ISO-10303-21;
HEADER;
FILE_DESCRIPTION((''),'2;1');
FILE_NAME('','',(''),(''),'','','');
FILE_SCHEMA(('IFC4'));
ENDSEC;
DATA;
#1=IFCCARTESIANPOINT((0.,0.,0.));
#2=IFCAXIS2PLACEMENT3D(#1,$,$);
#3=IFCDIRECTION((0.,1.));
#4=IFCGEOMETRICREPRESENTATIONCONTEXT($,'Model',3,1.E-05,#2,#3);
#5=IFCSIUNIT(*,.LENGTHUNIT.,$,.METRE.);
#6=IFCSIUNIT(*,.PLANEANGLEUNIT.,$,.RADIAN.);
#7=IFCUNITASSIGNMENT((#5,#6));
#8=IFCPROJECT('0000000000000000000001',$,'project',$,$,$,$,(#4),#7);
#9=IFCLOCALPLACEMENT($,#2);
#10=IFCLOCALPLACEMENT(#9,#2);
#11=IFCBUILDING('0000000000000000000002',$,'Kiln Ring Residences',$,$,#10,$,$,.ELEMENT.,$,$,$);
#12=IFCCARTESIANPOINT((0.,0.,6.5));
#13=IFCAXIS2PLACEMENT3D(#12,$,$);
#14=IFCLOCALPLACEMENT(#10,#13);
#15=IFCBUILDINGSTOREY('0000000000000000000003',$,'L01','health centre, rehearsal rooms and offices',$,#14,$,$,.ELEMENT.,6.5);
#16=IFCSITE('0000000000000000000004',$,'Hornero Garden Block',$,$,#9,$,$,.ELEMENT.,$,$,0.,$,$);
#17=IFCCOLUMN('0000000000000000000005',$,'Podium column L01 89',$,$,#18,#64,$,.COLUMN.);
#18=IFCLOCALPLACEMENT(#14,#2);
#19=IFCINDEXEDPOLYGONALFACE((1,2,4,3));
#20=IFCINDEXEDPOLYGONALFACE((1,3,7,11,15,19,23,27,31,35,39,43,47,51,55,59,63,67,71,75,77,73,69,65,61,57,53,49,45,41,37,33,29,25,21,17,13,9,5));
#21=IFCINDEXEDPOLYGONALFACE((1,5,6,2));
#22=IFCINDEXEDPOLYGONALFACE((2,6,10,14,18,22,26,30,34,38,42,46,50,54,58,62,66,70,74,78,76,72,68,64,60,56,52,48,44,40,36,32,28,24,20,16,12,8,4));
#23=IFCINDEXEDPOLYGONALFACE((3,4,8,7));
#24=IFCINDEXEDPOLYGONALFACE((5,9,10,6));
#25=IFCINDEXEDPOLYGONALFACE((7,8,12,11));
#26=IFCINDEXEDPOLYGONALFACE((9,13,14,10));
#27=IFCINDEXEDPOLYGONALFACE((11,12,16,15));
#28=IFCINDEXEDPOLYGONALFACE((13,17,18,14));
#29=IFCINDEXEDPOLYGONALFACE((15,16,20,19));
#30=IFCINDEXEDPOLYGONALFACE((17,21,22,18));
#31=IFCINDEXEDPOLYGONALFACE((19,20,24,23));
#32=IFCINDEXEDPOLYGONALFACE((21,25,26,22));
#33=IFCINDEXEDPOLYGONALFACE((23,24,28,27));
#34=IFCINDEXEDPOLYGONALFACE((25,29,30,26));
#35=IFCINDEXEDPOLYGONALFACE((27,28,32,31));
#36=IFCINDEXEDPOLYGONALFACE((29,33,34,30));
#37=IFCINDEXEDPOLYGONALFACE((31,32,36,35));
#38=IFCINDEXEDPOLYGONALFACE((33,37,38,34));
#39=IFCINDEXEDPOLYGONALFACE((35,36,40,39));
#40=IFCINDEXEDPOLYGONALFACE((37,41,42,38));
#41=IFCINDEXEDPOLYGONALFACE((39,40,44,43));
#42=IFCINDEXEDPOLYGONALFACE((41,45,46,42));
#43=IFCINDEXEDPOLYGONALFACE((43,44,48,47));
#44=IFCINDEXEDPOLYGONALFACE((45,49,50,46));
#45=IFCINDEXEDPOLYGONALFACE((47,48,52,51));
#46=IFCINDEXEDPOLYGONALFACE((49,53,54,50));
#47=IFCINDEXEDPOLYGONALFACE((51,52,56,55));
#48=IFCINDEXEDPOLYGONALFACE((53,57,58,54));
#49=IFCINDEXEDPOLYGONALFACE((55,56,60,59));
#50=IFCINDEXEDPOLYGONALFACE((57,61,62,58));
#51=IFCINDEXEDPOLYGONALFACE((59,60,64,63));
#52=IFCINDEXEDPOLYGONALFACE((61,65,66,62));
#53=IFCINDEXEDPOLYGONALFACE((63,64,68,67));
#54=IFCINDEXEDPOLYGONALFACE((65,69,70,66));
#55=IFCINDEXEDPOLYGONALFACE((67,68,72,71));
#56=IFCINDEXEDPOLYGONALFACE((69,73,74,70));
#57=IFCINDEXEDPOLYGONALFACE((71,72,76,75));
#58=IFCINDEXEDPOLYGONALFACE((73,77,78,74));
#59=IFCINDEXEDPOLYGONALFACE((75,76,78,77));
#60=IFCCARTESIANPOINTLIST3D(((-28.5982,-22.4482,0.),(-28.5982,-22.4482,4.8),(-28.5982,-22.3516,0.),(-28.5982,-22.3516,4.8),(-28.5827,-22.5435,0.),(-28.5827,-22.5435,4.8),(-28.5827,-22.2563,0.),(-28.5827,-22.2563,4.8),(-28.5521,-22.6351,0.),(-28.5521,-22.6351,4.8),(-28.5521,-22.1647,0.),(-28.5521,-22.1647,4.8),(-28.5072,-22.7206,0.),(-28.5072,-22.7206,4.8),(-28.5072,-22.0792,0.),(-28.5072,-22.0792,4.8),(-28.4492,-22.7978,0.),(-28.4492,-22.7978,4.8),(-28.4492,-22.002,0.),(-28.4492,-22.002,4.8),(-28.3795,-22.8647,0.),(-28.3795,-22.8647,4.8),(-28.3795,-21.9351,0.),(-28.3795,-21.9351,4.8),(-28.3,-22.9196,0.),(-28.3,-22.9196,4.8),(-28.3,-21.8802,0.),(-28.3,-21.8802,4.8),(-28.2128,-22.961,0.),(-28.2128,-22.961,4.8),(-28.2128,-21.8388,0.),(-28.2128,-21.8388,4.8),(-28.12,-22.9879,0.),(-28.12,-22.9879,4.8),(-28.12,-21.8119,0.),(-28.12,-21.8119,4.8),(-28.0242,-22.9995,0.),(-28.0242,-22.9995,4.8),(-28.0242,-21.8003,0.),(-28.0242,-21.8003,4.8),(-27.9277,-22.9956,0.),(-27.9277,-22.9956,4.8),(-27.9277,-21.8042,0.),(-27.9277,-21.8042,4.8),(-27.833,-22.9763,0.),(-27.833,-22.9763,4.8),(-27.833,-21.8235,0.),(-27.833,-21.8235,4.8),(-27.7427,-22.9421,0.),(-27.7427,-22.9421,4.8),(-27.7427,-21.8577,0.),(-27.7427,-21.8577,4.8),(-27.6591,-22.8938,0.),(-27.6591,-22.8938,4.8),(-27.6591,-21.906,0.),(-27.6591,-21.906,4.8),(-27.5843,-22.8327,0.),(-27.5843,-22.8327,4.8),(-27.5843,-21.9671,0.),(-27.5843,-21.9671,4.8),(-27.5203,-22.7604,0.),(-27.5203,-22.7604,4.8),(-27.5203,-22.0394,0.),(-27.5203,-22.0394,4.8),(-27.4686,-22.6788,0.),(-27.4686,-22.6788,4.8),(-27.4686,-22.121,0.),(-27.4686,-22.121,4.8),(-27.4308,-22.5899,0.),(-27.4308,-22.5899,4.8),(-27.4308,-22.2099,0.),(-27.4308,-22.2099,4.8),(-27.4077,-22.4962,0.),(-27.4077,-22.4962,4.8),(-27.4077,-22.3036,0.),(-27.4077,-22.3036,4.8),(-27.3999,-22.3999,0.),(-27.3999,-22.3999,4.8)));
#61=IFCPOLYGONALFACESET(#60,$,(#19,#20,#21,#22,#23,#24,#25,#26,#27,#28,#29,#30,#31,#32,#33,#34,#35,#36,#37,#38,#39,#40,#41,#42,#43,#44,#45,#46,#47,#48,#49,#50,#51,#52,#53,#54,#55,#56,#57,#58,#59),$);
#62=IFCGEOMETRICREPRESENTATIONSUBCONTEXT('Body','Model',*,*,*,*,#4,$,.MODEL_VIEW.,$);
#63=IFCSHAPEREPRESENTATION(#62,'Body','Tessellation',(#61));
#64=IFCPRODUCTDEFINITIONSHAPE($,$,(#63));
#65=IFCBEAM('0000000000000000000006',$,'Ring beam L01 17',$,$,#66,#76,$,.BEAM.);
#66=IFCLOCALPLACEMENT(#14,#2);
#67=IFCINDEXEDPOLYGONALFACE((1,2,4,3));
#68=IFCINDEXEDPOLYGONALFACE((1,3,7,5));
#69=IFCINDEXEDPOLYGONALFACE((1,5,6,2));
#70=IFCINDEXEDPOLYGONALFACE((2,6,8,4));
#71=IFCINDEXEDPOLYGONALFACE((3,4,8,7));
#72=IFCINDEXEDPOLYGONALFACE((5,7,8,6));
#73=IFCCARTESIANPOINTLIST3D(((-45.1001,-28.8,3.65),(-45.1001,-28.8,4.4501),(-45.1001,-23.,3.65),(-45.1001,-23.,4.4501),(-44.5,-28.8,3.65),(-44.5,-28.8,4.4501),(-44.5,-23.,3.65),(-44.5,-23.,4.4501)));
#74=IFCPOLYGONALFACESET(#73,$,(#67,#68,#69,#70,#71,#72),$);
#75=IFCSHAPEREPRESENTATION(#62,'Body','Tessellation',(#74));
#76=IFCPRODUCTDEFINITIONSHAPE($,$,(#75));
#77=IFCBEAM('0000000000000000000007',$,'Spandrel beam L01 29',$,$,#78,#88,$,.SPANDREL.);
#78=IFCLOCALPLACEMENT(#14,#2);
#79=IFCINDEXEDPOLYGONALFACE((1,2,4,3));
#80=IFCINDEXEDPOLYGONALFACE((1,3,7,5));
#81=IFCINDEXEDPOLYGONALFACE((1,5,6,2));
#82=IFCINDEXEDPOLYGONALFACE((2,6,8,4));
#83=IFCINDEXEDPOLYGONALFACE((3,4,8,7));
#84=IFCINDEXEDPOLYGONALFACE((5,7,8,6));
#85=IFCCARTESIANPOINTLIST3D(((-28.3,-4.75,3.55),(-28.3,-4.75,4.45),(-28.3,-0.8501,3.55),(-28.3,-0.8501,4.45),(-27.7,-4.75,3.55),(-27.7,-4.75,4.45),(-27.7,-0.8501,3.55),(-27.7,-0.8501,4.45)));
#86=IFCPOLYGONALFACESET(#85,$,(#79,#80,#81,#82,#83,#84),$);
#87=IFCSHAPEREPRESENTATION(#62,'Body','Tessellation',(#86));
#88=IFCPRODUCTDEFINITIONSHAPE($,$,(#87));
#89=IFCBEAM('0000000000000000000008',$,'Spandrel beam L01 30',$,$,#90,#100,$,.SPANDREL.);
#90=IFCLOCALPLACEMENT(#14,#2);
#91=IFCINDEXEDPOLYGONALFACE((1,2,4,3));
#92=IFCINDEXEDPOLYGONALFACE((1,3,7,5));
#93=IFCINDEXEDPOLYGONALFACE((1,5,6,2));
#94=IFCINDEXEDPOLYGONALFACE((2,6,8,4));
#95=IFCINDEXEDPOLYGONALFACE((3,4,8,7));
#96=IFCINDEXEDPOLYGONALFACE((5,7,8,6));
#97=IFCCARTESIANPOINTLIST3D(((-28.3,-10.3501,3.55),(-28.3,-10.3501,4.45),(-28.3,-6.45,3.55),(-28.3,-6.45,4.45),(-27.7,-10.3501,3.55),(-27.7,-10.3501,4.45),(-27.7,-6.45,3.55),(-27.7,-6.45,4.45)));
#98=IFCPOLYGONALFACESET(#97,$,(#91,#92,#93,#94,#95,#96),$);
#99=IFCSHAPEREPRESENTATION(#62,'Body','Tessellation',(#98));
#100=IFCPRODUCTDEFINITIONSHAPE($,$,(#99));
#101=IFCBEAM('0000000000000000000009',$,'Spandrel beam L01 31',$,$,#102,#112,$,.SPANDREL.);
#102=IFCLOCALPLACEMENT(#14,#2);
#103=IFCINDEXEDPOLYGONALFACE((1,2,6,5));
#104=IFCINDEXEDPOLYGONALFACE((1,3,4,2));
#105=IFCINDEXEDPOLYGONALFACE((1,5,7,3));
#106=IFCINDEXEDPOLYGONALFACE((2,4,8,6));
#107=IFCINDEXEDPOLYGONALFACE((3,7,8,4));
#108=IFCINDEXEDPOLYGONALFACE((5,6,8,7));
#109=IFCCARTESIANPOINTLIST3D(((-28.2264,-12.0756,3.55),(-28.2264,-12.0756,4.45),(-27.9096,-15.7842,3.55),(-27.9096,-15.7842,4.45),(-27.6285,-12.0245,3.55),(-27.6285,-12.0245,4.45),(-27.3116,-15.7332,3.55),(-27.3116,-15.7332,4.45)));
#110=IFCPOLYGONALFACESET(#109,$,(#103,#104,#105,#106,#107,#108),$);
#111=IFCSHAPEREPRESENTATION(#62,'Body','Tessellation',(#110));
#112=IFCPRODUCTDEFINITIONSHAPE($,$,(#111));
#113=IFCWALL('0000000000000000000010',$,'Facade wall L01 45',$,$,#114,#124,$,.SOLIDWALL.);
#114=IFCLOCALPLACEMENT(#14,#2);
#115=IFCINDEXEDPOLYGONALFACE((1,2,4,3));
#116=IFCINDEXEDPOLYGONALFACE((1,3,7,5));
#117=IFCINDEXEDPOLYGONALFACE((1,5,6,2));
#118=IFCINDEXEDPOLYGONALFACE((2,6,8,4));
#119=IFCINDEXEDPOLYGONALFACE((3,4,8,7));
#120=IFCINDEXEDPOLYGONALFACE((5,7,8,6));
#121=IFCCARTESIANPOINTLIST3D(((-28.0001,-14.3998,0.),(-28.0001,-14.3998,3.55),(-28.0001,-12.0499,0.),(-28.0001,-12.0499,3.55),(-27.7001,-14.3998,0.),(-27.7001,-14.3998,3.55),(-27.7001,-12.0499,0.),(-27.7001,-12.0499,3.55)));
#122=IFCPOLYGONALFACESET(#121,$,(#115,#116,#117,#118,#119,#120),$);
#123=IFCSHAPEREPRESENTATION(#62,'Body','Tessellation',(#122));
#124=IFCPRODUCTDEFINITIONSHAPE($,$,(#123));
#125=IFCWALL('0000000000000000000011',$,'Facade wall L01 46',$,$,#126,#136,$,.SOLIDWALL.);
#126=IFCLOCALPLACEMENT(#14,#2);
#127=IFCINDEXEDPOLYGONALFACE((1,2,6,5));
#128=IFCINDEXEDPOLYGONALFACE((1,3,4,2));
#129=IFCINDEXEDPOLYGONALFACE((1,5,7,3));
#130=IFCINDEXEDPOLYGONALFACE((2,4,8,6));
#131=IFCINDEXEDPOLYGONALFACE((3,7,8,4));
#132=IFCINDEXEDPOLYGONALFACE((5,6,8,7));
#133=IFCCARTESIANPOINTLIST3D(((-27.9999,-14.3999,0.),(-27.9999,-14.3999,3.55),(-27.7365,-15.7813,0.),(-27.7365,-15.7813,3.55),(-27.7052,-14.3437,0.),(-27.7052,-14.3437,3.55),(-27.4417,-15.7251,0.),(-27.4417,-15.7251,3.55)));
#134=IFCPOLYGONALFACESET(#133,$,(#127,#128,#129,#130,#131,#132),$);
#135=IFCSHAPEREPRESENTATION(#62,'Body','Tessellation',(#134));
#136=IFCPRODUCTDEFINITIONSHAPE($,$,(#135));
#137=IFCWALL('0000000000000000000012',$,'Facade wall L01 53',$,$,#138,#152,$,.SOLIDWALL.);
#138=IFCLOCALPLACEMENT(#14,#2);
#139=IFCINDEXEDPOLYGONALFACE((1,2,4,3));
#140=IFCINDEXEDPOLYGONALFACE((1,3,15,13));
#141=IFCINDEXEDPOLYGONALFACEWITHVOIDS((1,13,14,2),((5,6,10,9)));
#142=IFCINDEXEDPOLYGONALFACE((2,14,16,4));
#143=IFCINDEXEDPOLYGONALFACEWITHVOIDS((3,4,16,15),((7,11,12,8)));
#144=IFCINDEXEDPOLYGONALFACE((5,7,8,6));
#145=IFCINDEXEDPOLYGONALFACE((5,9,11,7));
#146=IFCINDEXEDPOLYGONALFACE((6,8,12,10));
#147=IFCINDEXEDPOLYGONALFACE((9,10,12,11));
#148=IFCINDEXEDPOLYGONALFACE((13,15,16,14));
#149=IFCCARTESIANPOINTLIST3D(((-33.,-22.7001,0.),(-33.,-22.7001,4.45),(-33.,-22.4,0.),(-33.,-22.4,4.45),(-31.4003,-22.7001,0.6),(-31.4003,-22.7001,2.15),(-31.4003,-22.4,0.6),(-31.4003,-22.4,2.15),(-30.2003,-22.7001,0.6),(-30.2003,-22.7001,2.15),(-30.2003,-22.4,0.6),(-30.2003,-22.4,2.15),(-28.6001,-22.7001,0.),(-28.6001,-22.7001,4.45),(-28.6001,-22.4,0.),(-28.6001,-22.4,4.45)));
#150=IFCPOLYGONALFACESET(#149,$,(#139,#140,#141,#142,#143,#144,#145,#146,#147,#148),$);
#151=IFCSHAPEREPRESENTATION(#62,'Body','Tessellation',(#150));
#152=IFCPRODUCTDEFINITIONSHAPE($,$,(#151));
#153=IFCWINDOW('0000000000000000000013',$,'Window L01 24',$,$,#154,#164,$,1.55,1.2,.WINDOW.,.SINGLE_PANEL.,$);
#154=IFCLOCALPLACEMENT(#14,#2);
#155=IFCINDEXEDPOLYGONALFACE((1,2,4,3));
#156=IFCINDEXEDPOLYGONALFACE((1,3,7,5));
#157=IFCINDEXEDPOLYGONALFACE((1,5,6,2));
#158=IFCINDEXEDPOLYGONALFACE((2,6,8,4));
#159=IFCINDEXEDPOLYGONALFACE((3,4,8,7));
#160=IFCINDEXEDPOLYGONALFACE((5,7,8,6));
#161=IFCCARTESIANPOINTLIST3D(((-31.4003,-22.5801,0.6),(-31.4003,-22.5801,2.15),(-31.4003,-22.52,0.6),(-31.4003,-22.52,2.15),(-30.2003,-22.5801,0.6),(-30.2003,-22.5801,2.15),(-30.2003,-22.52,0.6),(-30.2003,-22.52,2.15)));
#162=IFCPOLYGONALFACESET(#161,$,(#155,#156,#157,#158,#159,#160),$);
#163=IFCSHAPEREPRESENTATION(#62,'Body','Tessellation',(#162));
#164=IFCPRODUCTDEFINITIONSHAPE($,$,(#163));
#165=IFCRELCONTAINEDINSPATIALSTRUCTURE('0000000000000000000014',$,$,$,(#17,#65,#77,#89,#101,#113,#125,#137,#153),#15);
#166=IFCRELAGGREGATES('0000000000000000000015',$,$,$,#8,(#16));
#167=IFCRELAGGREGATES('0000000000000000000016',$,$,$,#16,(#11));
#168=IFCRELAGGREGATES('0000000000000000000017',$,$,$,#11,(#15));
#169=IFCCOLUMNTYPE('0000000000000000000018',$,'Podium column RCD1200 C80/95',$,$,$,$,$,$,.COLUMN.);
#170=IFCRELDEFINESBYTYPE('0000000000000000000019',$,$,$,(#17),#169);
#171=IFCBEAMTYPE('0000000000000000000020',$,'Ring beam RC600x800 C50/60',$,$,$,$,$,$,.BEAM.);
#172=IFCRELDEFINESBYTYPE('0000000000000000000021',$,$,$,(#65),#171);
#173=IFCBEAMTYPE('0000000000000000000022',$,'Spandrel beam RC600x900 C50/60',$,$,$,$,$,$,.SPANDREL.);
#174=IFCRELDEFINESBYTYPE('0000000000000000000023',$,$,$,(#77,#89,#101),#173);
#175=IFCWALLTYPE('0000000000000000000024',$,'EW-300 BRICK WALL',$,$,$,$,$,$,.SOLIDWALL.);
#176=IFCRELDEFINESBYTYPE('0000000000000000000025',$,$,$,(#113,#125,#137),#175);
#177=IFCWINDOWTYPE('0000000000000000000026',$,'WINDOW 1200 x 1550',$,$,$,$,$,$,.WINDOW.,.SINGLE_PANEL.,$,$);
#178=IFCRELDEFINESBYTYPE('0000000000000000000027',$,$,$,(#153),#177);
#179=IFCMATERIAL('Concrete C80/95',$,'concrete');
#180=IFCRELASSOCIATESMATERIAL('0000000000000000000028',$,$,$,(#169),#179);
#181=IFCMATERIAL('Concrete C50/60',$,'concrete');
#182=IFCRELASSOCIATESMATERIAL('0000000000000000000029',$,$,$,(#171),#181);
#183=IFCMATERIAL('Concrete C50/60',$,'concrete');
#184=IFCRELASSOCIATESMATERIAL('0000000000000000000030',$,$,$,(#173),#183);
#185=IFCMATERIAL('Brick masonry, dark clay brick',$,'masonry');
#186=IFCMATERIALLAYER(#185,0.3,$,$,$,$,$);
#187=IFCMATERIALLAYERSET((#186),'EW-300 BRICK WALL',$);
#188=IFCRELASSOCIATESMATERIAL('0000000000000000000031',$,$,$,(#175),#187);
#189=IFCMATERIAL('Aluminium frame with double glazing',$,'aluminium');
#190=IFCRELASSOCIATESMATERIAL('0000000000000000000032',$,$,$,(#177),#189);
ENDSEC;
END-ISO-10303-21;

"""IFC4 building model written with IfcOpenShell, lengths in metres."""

from ifc_helpers import new_model, si_unit, direction, frame, frame_2d, origin, origin_2d, place, context, subcontext, project, spatial, rectangle, circle, extrude, material, layer, layer_set, material_profile, profile_set, type_object, element, fill, save


model = new_model("IFC4")

# Units and contexts
model_context = context("Model", 3, precision=1e-05, world=origin(), true_north=direction((0.0, 1.0)))
body_context = subcontext(model_context, "Body", "Model", "MODEL_VIEW")
ifc_project = project(units=[si_unit("LENGTHUNIT", "METRE"), si_unit("PLANEANGLEUNIT", "RADIAN")], contexts=[model_context])

# Site, building, storey
site_placement = place(None, origin())
site = spatial("IfcSite", under=ifc_project, at=site_placement, Name="Hornero Garden Block", CompositionType="ELEMENT", RefElevation=0.0)
building_placement = place(site_placement, origin())
building = spatial("IfcBuilding", under=site, at=building_placement, Name="Kiln Ring Residences", CompositionType="ELEMENT")
storey_placement = place(building_placement, frame((0.0, 0.0, 6.5)))
storey = spatial("IfcBuildingStorey", under=building, at=storey_placement, Name="L01", Description="health centre, rehearsal rooms and offices", CompositionType="ELEMENT", Elevation=6.5)

# Column
ifc_material_1 = material(Name="Concrete C80/95", Category="concrete")
ifc_material_profile_1 = material_profile(ifc_material_1, circle(Radius=0.6001, at=origin_2d()), Name="RCD1200")
ifc_profile_set_1 = profile_set([ifc_material_profile_1], Name="Concrete C80/95")
column_type_1 = type_object("IfcColumnType", Name="Podium column RCD1200 C80/95", PredefinedType="COLUMN", material=ifc_profile_set_1)
for number, where, z_axis, x_axis, name in (
    (1, (-28.0, -22.3999, 0.0), (0.0, 0.0, 1.0), (1.0, 0.0, 0.0), "Podium column L01 89"),
):
    element("IfcColumn", number, at=place(storey_placement, frame(where, z_axis=z_axis, x_axis=x_axis)), inside=storey, type_object=column_type_1, Name=name, PredefinedType="COLUMN", context=body_context, shape_type="SweptSolid", body=[
        extrude(circle(Radius=0.6001, at=origin_2d()), origin(), (0.0, 0.0, 1.0), 4.8),
    ])

# Beams
ifc_material_2 = material(Name="Concrete C50/60", Category="concrete")
ifc_material_profile_2 = material_profile(ifc_material_2, rectangle(XDim=0.6001, YDim=0.8, at=origin_2d()), Name="RC600x800")
ifc_profile_set_2 = profile_set([ifc_material_profile_2], Name="Concrete C50/60")
beam_type_1 = type_object("IfcBeamType", Name="Ring beam RC600x800 C50/60", PredefinedType="BEAM", material=ifc_profile_set_2)
beam_1_placement = place(storey_placement, frame((-44.8, -23.0, 4.05), z_axis=(0.0, -1.0, 0.0), x_axis=(1.0, 0.0, 0.0)))
element("IfcBeam", 2, at=beam_1_placement, inside=storey, type_object=beam_type_1, Name="Ring beam L01 17", PredefinedType="BEAM", context=body_context, shape_type="SweptSolid", body=[
    extrude(rectangle(XDim=0.6001, YDim=0.8, at=origin_2d()), origin(), (0.0, 0.0, 1.0), 5.8),
])
ifc_material_3 = material(Name="Concrete C50/60", Category="concrete")
ifc_material_profile_3 = material_profile(ifc_material_3, rectangle(XDim=0.6001, YDim=0.8999, at=origin_2d()), Name="RC600x900")
ifc_profile_set_3 = profile_set([ifc_material_profile_3], Name="Concrete C50/60")
beam_type_2 = type_object("IfcBeamType", Name="Spandrel beam RC600x900 C50/60", PredefinedType="SPANDREL", material=ifc_profile_set_3)
beam_2_placement = place(storey_placement, frame((-28.0, -0.8501, 4.0), z_axis=(0.0, -1.0, 0.0), x_axis=(1.0, 0.0, 0.0)))
element("IfcBeam", 3, at=beam_2_placement, inside=storey, type_object=beam_type_2, Name="Spandrel beam L01 29", PredefinedType="SPANDREL", context=body_context, shape_type="SweptSolid", body=[
    extrude(rectangle(XDim=0.6001, YDim=0.8999, at=origin_2d()), origin(), (0.0, 0.0, 1.0), 3.8999),
])
beam_3_placement = place(storey_placement, frame((-28.0, -6.45, 4.0), z_axis=(0.0, -1.0, 0.0), x_axis=(1.0, 0.0, 0.0)))
element("IfcBeam", 4, at=beam_3_placement, inside=storey, type_object=beam_type_2, Name="Spandrel beam L01 30", PredefinedType="SPANDREL", context=body_context, shape_type="SweptSolid", body=[
    extrude(rectangle(XDim=0.6001, YDim=0.8999, at=origin_2d()), origin(), (0.0, 0.0, 1.0), 3.9001),
])
beam_4_placement = place(storey_placement, frame((-27.9275, -12.05, 4.0), z_axis=(0.085135, -0.996369, 0.0), x_axis=(0.996369, 0.085135, 0.0)))
element("IfcBeam", 5, at=beam_4_placement, inside=storey, type_object=beam_type_2, Name="Spandrel beam L01 31", PredefinedType="SPANDREL", context=body_context, shape_type="SweptSolid", body=[
    extrude(rectangle(XDim=0.6001, YDim=0.8999, at=origin_2d()), origin(), (0.0, 0.0, 1.0), 3.7222),
])

# Walls
ifc_material_4 = material(Name="Brick masonry, dark clay brick", Category="masonry")
ifc_layer_1 = layer(ifc_material_4, 0.3)
ifc_layer_set_1 = layer_set([ifc_layer_1], Name="EW-300 BRICK WALL")
wall_type = type_object("IfcWallType", Name="EW-300 BRICK WALL", PredefinedType="SOLIDWALL", material=ifc_layer_set_1)
wall_1_placement = place(storey_placement, frame((-27.8501, -12.05, 0.0), z_axis=(0.0, 0.0, 1.0), x_axis=(0.0, -1.0, 0.0)))
element("IfcWall", 6, at=wall_1_placement, inside=storey, type_object=wall_type, Name="Facade wall L01 45", PredefinedType="SOLIDWALL", context=body_context, shape_type="SweptSolid", body=[
    extrude(rectangle(XDim=2.3499, YDim=0.3, at=frame_2d((1.1748, 0.0))), origin(), (0.0, 0.0, 1.0), 3.55),
])
wall_2_placement = place(storey_placement, frame((-27.8525, -14.3718, 0.0), z_axis=(0.0, 0.0, 1.0), x_axis=(0.187328, -0.982298, 0.0)))
element("IfcWall", 7, at=wall_2_placement, inside=storey, type_object=wall_type, Name="Facade wall L01 46", PredefinedType="SOLIDWALL", context=body_context, shape_type="SweptSolid", body=[
    extrude(rectangle(XDim=1.4062, YDim=0.3, at=frame_2d((0.7031, 0.0))), origin(), (0.0, 0.0, 1.0), 3.55),
])

# Wall, opening, window
wall_3_placement = place(storey_placement, frame((-28.6001, -22.55, 0.0), z_axis=(0.0, 0.0, 1.0), x_axis=(-1.0, 0.0, 0.0)))
wall_3 = element("IfcWall", 8, at=wall_3_placement, inside=storey, type_object=wall_type, Name="Facade wall L01 53", PredefinedType="SOLIDWALL", context=body_context, shape_type="SweptSolid", body=[
    extrude(rectangle(XDim=4.3999, YDim=0.3, at=frame_2d((2.2, 0.0))), origin(), (0.0, 0.0, 1.0), 4.45),
])
opening_1_placement = place(wall_3_placement, frame((1.6001, 0.0, 0.6001)))
opening_1 = element("IfcOpeningElement", 9, at=opening_1_placement, cuts=wall_3, PredefinedType="OPENING", context=body_context, shape_type="SweptSolid", body=[
    extrude(rectangle(XDim=1.2, YDim=1.55, at=frame_2d((0.6001, 0.7749))), frame((0.0, 0.1599, 0.0), z_axis=(0.0, -1.0, 0.0), x_axis=(1.0, 0.0, 0.0)), (0.0, 0.0, 1.0), 0.3201),
])
ifc_material_5 = material(Name="Aluminium frame with double glazing", Category="aluminium")
window_type_1 = type_object("IfcWindowType", Name="WINDOW 1200 x 1550", PartitioningType="SINGLE_PANEL", PredefinedType="WINDOW", material=ifc_material_5)
window_1_placement = place(opening_1_placement, origin())
window_1 = element("IfcWindow", 10, at=window_1_placement, inside=storey, type_object=window_type_1, Name="Window L01 24", OverallHeight=1.55, OverallWidth=1.2, PartitioningType="SINGLE_PANEL", PredefinedType="WINDOW", context=body_context, shape_type="SweptSolid", body=[
    extrude(rectangle(XDim=1.2, YDim=1.55, at=frame_2d((0.6001, 0.7749))), frame((0.0, 0.03, 0.0), z_axis=(0.0, -1.0, 0.0), x_axis=(1.0, 0.0, 0.0)), (0.0, 0.0, 1.0), 0.0601),
])
fill(opening_1, window_1)

save(model, "model.ifc")
